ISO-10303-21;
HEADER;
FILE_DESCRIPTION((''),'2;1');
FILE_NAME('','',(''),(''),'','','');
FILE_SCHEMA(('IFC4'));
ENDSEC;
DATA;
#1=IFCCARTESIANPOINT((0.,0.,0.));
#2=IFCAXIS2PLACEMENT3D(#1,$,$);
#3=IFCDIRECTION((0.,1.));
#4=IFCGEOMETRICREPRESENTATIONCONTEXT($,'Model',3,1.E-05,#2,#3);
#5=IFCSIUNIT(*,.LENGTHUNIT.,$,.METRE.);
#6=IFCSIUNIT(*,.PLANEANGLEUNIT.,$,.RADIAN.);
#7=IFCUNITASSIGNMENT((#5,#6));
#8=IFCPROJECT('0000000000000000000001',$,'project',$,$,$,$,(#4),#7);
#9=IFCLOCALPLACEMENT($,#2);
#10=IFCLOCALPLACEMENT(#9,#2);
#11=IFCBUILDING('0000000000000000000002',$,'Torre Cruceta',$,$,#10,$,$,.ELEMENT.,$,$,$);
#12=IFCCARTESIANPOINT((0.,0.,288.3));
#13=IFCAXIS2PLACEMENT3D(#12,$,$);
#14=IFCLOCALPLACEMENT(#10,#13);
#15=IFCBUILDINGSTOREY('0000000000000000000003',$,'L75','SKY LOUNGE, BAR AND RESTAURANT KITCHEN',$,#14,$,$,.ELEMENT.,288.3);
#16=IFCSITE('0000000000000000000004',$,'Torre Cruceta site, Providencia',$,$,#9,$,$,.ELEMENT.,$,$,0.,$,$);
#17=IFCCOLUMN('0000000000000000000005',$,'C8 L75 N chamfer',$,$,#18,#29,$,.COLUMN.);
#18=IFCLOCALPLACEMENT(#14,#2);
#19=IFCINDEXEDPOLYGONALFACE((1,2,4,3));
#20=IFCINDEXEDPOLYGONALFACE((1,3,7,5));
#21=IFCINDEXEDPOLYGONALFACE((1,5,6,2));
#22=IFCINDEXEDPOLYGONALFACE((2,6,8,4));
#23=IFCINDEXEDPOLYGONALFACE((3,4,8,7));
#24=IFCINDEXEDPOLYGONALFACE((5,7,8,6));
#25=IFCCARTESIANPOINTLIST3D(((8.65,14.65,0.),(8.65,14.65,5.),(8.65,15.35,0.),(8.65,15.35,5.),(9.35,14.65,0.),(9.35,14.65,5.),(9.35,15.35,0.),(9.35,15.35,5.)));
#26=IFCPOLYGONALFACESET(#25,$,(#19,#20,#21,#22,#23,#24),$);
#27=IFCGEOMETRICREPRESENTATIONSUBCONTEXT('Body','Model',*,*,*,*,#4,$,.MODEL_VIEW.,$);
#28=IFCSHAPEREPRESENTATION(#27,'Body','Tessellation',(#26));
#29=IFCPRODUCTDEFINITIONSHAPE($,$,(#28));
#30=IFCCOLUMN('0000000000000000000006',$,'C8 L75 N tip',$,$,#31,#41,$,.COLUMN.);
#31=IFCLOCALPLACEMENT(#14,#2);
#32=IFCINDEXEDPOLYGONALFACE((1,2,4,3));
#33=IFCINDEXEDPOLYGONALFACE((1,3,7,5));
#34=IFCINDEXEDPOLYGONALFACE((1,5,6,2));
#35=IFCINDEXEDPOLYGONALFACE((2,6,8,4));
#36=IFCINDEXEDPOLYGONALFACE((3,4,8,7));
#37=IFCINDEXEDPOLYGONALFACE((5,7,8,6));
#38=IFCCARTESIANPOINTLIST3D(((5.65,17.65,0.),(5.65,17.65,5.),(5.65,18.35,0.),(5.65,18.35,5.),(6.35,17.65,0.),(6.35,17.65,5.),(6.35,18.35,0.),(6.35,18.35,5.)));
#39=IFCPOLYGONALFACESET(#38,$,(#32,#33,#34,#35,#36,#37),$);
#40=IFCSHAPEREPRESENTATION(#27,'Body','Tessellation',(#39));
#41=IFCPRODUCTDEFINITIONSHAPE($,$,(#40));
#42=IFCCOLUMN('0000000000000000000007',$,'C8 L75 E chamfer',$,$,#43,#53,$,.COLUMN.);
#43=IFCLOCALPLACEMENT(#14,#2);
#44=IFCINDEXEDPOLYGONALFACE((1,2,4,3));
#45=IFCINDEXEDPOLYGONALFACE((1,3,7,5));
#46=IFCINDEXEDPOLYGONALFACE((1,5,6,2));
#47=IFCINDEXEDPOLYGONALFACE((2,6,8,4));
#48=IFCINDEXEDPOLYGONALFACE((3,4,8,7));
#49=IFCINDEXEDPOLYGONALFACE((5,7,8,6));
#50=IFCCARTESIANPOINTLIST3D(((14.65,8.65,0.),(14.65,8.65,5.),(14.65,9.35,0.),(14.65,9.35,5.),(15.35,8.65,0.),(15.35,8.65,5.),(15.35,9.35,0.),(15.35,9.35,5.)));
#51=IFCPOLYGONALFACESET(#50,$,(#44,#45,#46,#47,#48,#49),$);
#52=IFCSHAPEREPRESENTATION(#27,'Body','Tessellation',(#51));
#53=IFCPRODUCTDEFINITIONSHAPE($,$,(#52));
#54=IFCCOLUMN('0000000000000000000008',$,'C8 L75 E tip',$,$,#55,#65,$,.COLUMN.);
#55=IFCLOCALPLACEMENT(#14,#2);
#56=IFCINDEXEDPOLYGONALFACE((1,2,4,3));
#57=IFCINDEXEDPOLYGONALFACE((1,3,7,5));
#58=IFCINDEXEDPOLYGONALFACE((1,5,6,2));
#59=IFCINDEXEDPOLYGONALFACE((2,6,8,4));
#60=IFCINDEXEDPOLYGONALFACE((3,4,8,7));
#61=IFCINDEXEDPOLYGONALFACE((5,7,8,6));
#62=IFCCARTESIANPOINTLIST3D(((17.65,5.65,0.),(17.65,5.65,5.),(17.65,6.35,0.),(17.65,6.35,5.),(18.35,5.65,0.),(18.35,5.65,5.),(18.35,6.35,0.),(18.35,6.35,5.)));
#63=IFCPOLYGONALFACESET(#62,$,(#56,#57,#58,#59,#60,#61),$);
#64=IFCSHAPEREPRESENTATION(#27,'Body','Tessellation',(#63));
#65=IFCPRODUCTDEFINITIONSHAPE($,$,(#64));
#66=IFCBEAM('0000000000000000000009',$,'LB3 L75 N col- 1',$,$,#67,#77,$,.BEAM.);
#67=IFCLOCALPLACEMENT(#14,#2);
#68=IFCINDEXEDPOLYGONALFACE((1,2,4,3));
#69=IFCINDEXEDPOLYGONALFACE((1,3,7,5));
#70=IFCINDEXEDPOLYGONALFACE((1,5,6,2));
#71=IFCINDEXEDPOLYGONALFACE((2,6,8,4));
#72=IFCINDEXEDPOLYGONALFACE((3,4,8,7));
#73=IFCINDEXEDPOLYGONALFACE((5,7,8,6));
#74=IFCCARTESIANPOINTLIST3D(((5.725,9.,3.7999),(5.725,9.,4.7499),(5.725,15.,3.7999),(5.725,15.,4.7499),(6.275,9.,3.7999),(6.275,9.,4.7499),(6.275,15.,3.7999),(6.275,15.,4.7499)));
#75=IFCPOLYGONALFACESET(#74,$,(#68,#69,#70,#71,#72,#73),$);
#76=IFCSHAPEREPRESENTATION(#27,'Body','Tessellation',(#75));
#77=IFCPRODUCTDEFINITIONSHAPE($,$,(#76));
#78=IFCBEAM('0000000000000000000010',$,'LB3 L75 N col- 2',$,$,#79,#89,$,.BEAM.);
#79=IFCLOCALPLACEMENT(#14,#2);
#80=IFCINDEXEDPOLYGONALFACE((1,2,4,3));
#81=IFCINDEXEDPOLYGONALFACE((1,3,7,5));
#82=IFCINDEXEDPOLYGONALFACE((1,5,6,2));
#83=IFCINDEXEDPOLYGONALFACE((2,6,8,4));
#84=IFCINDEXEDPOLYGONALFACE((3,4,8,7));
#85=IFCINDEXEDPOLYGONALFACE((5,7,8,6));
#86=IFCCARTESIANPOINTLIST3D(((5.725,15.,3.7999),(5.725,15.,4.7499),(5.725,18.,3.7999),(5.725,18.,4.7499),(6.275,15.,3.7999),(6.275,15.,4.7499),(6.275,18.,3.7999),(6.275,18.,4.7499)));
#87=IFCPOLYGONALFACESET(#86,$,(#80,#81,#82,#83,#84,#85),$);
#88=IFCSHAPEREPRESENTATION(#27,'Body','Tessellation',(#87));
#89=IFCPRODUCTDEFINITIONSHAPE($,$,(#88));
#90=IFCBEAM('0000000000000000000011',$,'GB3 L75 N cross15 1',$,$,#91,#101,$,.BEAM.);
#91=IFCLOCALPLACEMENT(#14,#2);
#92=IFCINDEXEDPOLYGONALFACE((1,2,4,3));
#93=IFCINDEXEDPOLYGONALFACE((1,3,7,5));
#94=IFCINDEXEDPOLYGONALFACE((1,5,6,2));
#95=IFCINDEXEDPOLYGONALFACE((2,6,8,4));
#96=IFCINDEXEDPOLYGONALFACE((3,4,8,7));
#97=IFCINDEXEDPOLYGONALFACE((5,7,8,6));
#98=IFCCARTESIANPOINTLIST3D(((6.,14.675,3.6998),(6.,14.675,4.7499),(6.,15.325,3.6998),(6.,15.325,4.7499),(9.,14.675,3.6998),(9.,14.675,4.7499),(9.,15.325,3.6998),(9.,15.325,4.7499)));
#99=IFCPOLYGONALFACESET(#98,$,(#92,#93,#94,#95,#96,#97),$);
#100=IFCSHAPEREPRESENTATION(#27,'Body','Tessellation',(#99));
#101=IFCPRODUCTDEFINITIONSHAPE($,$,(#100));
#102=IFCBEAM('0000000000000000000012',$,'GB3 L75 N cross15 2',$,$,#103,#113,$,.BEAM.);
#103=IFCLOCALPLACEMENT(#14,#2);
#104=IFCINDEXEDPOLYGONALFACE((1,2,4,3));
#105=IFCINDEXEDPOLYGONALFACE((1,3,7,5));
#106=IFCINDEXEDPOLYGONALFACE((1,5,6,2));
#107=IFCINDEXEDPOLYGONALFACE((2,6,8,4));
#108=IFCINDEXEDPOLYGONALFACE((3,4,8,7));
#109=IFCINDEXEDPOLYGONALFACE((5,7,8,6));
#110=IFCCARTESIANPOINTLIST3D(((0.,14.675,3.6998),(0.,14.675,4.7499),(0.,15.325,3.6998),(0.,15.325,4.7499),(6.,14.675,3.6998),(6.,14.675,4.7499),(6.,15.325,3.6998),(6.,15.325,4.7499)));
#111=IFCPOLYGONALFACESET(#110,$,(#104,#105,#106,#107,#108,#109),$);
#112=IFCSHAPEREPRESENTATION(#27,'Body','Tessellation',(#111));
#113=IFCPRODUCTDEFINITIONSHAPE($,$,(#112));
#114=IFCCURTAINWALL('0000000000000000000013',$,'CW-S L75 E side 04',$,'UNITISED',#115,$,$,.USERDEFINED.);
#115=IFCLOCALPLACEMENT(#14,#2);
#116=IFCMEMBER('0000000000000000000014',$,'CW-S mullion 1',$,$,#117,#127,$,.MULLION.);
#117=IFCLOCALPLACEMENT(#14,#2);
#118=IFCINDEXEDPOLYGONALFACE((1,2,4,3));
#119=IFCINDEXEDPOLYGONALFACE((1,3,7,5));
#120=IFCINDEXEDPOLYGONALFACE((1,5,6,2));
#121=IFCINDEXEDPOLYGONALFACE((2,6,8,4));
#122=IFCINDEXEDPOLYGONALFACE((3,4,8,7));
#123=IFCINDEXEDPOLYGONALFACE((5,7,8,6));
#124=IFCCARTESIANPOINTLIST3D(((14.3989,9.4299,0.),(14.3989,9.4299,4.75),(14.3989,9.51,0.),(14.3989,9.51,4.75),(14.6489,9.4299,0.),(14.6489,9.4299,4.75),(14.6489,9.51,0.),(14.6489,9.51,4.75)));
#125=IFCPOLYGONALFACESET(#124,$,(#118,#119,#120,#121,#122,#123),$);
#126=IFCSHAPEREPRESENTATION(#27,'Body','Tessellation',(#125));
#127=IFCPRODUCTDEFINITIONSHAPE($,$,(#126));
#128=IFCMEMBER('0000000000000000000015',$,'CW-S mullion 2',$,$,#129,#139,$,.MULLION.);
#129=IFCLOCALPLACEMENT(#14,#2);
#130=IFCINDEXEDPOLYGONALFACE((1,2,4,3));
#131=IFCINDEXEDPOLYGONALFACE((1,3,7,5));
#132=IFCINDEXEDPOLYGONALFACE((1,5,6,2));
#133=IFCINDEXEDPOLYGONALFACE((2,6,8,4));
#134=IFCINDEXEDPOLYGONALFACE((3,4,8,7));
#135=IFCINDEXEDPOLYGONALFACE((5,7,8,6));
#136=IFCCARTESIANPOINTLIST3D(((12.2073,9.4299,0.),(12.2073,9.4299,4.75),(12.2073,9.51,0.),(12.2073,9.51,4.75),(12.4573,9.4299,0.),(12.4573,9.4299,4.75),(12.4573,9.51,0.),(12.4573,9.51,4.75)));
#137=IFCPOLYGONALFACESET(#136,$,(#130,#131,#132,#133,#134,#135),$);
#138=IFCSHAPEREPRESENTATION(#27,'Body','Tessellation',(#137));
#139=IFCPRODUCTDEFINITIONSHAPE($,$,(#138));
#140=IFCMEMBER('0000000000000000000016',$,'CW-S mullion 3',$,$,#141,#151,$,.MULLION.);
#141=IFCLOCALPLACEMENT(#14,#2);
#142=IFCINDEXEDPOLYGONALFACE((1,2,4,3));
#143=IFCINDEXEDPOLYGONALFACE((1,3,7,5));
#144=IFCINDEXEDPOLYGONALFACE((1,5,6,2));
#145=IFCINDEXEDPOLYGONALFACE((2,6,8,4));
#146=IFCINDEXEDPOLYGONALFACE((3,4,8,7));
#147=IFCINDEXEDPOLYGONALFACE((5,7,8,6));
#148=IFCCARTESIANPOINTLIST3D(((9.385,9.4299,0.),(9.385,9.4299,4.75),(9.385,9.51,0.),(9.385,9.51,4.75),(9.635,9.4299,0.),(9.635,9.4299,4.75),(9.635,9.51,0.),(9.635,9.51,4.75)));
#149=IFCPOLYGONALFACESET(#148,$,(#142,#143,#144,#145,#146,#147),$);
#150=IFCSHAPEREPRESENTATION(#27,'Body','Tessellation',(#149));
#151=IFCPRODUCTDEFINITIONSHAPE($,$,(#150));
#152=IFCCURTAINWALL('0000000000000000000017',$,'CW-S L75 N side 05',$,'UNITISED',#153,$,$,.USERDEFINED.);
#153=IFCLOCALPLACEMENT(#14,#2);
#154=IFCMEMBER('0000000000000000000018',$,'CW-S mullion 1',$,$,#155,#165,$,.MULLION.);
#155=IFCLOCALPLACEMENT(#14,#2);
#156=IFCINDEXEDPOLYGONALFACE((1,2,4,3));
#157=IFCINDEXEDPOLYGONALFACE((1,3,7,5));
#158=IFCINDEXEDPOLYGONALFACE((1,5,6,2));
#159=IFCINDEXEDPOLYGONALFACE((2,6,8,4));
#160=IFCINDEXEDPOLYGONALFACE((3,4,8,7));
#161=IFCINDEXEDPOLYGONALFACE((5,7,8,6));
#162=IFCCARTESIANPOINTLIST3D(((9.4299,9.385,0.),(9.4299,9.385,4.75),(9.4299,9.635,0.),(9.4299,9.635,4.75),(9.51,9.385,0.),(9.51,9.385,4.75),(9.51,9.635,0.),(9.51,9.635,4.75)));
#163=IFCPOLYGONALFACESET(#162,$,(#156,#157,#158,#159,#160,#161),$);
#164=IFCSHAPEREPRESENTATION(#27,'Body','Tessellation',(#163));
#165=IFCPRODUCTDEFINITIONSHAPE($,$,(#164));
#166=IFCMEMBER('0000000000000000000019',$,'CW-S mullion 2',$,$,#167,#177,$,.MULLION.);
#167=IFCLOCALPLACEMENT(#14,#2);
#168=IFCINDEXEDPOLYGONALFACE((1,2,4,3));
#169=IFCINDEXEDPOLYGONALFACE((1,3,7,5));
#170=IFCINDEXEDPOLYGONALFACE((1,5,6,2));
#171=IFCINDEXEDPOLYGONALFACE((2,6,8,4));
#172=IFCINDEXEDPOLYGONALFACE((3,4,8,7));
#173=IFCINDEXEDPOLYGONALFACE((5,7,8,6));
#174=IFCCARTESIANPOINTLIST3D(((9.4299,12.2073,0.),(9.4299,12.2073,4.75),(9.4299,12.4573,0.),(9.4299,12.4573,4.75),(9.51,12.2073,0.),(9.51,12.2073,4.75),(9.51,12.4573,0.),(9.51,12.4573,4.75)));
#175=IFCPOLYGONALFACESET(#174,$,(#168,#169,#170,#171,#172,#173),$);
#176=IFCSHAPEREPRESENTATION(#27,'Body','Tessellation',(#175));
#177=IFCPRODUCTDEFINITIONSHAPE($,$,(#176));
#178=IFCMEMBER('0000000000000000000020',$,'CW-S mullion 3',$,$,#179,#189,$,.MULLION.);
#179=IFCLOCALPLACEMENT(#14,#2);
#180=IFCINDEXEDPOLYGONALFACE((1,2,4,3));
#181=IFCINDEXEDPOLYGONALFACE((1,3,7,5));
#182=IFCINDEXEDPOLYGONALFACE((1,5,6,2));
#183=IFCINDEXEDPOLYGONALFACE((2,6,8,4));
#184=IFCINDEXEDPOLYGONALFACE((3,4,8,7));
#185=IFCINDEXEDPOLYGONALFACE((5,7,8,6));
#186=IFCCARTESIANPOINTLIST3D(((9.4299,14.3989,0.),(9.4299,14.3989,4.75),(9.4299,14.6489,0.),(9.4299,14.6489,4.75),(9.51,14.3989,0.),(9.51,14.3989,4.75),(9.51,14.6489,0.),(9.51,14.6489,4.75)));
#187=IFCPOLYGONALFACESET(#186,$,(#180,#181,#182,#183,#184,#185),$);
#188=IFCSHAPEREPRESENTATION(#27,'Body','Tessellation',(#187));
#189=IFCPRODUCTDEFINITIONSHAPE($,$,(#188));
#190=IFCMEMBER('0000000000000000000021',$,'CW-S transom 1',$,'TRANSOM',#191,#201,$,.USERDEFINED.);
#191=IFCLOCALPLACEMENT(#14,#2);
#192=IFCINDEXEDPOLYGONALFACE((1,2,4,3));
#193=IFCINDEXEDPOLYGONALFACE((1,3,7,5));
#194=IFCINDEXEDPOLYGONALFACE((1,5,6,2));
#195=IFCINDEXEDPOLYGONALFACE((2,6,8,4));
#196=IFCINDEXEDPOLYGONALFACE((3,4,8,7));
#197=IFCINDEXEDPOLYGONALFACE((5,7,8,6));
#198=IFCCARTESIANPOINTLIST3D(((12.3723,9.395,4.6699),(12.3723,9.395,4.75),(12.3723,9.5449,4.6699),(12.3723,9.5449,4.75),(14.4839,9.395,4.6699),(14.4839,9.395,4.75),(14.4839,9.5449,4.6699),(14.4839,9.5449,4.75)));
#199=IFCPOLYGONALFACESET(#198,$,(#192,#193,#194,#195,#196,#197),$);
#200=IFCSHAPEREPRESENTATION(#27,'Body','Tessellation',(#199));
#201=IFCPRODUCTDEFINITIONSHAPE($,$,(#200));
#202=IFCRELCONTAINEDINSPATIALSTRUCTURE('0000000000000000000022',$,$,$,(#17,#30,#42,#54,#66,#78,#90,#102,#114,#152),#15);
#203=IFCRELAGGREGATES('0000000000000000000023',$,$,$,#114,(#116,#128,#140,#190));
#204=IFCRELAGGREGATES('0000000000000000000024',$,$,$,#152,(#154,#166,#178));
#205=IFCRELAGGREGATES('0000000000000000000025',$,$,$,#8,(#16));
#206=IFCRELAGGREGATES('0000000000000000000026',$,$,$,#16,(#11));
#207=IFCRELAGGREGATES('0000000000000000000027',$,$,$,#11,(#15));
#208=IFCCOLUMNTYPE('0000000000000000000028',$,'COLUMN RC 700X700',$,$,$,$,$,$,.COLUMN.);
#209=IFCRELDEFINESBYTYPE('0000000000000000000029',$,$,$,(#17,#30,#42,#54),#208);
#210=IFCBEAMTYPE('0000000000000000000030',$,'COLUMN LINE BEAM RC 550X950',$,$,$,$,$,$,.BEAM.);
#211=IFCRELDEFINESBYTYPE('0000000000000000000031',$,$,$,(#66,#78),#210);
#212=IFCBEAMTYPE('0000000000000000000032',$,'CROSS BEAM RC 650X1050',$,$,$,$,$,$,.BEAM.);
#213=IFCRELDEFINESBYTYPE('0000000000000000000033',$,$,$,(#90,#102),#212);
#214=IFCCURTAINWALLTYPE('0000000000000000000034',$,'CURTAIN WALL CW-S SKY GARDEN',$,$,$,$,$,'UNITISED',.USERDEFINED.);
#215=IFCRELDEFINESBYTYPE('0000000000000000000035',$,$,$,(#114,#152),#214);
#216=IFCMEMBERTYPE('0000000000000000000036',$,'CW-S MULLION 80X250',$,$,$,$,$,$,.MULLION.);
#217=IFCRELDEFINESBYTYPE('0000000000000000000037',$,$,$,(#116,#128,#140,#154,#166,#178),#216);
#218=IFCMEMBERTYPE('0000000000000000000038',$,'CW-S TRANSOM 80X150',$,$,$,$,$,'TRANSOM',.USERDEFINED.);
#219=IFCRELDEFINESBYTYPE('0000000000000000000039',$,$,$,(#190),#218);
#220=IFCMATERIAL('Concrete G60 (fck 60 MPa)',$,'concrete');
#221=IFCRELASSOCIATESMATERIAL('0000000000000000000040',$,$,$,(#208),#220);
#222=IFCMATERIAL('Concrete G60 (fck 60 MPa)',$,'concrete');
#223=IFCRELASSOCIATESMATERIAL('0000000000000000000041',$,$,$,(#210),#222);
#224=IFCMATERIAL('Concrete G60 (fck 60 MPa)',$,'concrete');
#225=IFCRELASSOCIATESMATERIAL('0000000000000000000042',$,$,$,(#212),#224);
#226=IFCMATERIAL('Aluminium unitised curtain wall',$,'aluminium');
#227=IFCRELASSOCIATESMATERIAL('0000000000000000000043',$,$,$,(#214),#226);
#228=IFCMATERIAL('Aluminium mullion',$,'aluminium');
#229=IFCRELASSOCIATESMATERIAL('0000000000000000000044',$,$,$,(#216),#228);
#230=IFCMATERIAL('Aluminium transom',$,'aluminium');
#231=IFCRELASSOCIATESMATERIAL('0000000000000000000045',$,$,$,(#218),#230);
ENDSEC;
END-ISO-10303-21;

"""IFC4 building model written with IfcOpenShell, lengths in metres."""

from ifc_helpers import new_model, si_unit, direction, frame, origin, origin_2d, place, context, subcontext, project, spatial, rectangle, extrude, material, material_profile, profile_set, type_object, element, aggregate, save


model = new_model("IFC4")

# Units and contexts
model_context = context("Model", 3, precision=1e-05, world=origin(), true_north=direction((0.0, 1.0)))
body_context = subcontext(model_context, "Body", "Model", "MODEL_VIEW")
ifc_project = project(units=[si_unit("LENGTHUNIT", "METRE"), si_unit("PLANEANGLEUNIT", "RADIAN")], contexts=[model_context])

# Site, building, storey
site_placement = place(None, origin())
site = spatial("IfcSite", under=ifc_project, at=site_placement, Name="Torre Cruceta site, Providencia", CompositionType="ELEMENT", RefElevation=0.0)
building_placement = place(site_placement, origin())
building = spatial("IfcBuilding", under=site, at=building_placement, Name="Torre Cruceta", CompositionType="ELEMENT")
storey_placement = place(building_placement, frame((0.0, 0.0, 288.3)))
storey = spatial("IfcBuildingStorey", under=building, at=storey_placement, Name="L75", Description="SKY LOUNGE, BAR AND RESTAURANT KITCHEN", CompositionType="ELEMENT", Elevation=288.3)

# Columns
ifc_material_1 = material(Name="Concrete G60 (fck 60 MPa)", Category="concrete")
ifc_material_profile_1 = material_profile(ifc_material_1, rectangle(XDim=0.7, YDim=0.7, at=origin_2d()), Name="RC 700X700")
ifc_profile_set_1 = profile_set([ifc_material_profile_1], Name="Concrete G60 (fck 60 MPa)")
column_type = type_object("IfcColumnType", Name="COLUMN RC 700X700", PredefinedType="COLUMN", material=ifc_profile_set_1)
for number, where, z_axis, x_axis, name in (
    (1, (9.0, 15.0, 0.0), (0.0, 0.0, 1.0), (1.0, 0.0, 0.0), "C8 L75 N chamfer"),
    (2, (6.0, 18.0, 0.0), (0.0, 0.0, 1.0), (1.0, 0.0, 0.0), "C8 L75 N tip"),
    (3, (15.0, 9.0, 0.0), (0.0, 0.0, 1.0), (1.0, 0.0, 0.0), "C8 L75 E chamfer"),
    (4, (18.0, 6.0, 0.0), (0.0, 0.0, 1.0), (1.0, 0.0, 0.0), "C8 L75 E tip"),
):
    element("IfcColumn", number, at=place(storey_placement, frame(where, z_axis=z_axis, x_axis=x_axis)), inside=storey, type_object=column_type, Name=name, PredefinedType="COLUMN", context=body_context, shape_type="SweptSolid", body=[
        extrude(rectangle(XDim=0.7, YDim=0.7, at=origin_2d()), origin(), (0.0, 0.0, 1.0), 5.0),
    ])

# Beams
ifc_material_2 = material(Name="Concrete G60 (fck 60 MPa)", Category="concrete")
ifc_material_profile_2 = material_profile(ifc_material_2, rectangle(XDim=0.55, YDim=0.95, at=origin_2d()), Name="RC 550X950")
ifc_profile_set_2 = profile_set([ifc_material_profile_2], Name="Concrete G60 (fck 60 MPa)")
beam_type_1 = type_object("IfcBeamType", Name="COLUMN LINE BEAM RC 550X950", PredefinedType="BEAM", material=ifc_profile_set_2)
beam_1_placement = place(storey_placement, frame((6.0, 9.0, 4.2749), z_axis=(0.0, 1.0, 0.0), x_axis=(-1.0, 0.0, 0.0)))
element("IfcBeam", 5, at=beam_1_placement, inside=storey, type_object=beam_type_1, Name="LB3 L75 N col- 1", PredefinedType="BEAM", context=body_context, shape_type="SweptSolid", body=[
    extrude(rectangle(XDim=0.55, YDim=0.95, at=origin_2d()), origin(), (0.0, 0.0, 1.0), 6.0),
])
beam_2_placement = place(storey_placement, frame((6.0, 15.0, 4.2749), z_axis=(0.0, 1.0, 0.0), x_axis=(-1.0, 0.0, 0.0)))
element("IfcBeam", 6, at=beam_2_placement, inside=storey, type_object=beam_type_1, Name="LB3 L75 N col- 2", PredefinedType="BEAM", context=body_context, shape_type="SweptSolid", body=[
    extrude(rectangle(XDim=0.55, YDim=0.95, at=origin_2d()), origin(), (0.0, 0.0, 1.0), 3.0),
])
ifc_material_3 = material(Name="Concrete G60 (fck 60 MPa)", Category="concrete")
ifc_material_profile_3 = material_profile(ifc_material_3, rectangle(XDim=0.6499, YDim=1.05, at=origin_2d()), Name="RC 650X1050")
ifc_profile_set_3 = profile_set([ifc_material_profile_3], Name="Concrete G60 (fck 60 MPa)")
beam_type_2 = type_object("IfcBeamType", Name="CROSS BEAM RC 650X1050", PredefinedType="BEAM", material=ifc_profile_set_3)
beam_3_placement = place(storey_placement, frame((9.0, 15.0, 4.2249), z_axis=(-1.0, 0.0, 0.0), x_axis=(0.0, -1.0, 0.0)))
element("IfcBeam", 7, at=beam_3_placement, inside=storey, type_object=beam_type_2, Name="GB3 L75 N cross15 1", PredefinedType="BEAM", context=body_context, shape_type="SweptSolid", body=[
    extrude(rectangle(XDim=0.6499, YDim=1.05, at=origin_2d()), origin(), (0.0, 0.0, 1.0), 3.0),
])
beam_4_placement = place(storey_placement, frame((6.0, 15.0, 4.2249), z_axis=(-1.0, 0.0, 0.0), x_axis=(0.0, -1.0, 0.0)))
element("IfcBeam", 8, at=beam_4_placement, inside=storey, type_object=beam_type_2, Name="GB3 L75 N cross15 2", PredefinedType="BEAM", context=body_context, shape_type="SweptSolid", body=[
    extrude(rectangle(XDim=0.6499, YDim=1.05, at=origin_2d()), origin(), (0.0, 0.0, 1.0), 6.0),
])

# Curtain walls, members
ifc_material_4 = material(Name="Aluminium unitised curtain wall", Category="aluminium")
curtain_wall_type = type_object("IfcCurtainWallType", Name="CURTAIN WALL CW-S SKY GARDEN", ElementType="UNITISED", PredefinedType="USERDEFINED", material=ifc_material_4)
curtain_wall_1_placement = place(storey_placement, origin())
curtain_wall_1 = element("IfcCurtainWall", 9, at=curtain_wall_1_placement, inside=storey, type_object=curtain_wall_type, Name="CW-S L75 E side 04", ObjectType="UNITISED", PredefinedType="USERDEFINED")
ifc_material_5 = material(Name="Aluminium mullion", Category="aluminium")
ifc_material_profile_4 = material_profile(ifc_material_5, rectangle(XDim=0.0801, YDim=0.25, at=origin_2d()), Name="AL 80X250")
ifc_profile_set_4 = profile_set([ifc_material_profile_4], Name="Aluminium mullion")
member_type_1 = type_object("IfcMemberType", Name="CW-S MULLION 80X250", PredefinedType="MULLION", material=ifc_profile_set_4)
member_1_placement = place(storey_placement, frame((14.5239, 9.47, 0.0), z_axis=(0.0, 0.0, 1.0), x_axis=(0.0, -1.0, 0.0)))
member_1 = element("IfcMember", 10, at=member_1_placement, type_object=member_type_1, Name="CW-S mullion 1", PredefinedType="MULLION", context=body_context, shape_type="SweptSolid", body=[
    extrude(rectangle(XDim=0.0801, YDim=0.25, at=origin_2d()), origin(), (0.0, 0.0, 1.0), 4.75),
])
member_2_placement = place(storey_placement, frame((12.3323, 9.47, 0.0), z_axis=(0.0, 0.0, 1.0), x_axis=(0.0, -1.0, 0.0)))
member_2 = element("IfcMember", 11, at=member_2_placement, type_object=member_type_1, Name="CW-S mullion 2", PredefinedType="MULLION", context=body_context, shape_type="SweptSolid", body=[
    extrude(rectangle(XDim=0.0801, YDim=0.25, at=origin_2d()), origin(), (0.0, 0.0, 1.0), 4.75),
])
member_3_placement = place(storey_placement, frame((9.51, 9.47, 0.0), z_axis=(0.0, 0.0, 1.0), x_axis=(0.0, -1.0, 0.0)))
member_3 = element("IfcMember", 12, at=member_3_placement, type_object=member_type_1, Name="CW-S mullion 3", PredefinedType="MULLION", context=body_context, shape_type="SweptSolid", body=[
    extrude(rectangle(XDim=0.0801, YDim=0.25, at=origin_2d()), origin(), (0.0, 0.0, 1.0), 4.75),
])
curtain_wall_2_placement = place(storey_placement, origin())
curtain_wall_2 = element("IfcCurtainWall", 13, at=curtain_wall_2_placement, inside=storey, type_object=curtain_wall_type, Name="CW-S L75 N side 05", ObjectType="UNITISED", PredefinedType="USERDEFINED")
member_4_placement = place(storey_placement, frame((9.47, 9.51, 0.0), z_axis=(0.0, 0.0, 1.0), x_axis=(-1.0, 0.0, 0.0)))
member_4 = element("IfcMember", 14, at=member_4_placement, type_object=member_type_1, Name="CW-S mullion 1", PredefinedType="MULLION", context=body_context, shape_type="SweptSolid", body=[
    extrude(rectangle(XDim=0.0801, YDim=0.25, at=origin_2d()), origin(), (0.0, 0.0, 1.0), 4.75),
])
member_5_placement = place(storey_placement, frame((9.47, 12.3323, 0.0), z_axis=(0.0, 0.0, 1.0), x_axis=(-1.0, 0.0, 0.0)))
member_5 = element("IfcMember", 15, at=member_5_placement, type_object=member_type_1, Name="CW-S mullion 2", PredefinedType="MULLION", context=body_context, shape_type="SweptSolid", body=[
    extrude(rectangle(XDim=0.0801, YDim=0.25, at=origin_2d()), origin(), (0.0, 0.0, 1.0), 4.75),
])
member_6_placement = place(storey_placement, frame((9.47, 14.5239, 0.0), z_axis=(0.0, 0.0, 1.0), x_axis=(-1.0, 0.0, 0.0)))
member_6 = element("IfcMember", 16, at=member_6_placement, type_object=member_type_1, Name="CW-S mullion 3", PredefinedType="MULLION", context=body_context, shape_type="SweptSolid", body=[
    extrude(rectangle(XDim=0.0801, YDim=0.25, at=origin_2d()), origin(), (0.0, 0.0, 1.0), 4.75),
])

# Member
ifc_material_6 = material(Name="Aluminium transom", Category="aluminium")
ifc_material_profile_5 = material_profile(ifc_material_6, rectangle(XDim=0.1499, YDim=0.0801, at=origin_2d()), Name="AL 150X80")
ifc_profile_set_5 = profile_set([ifc_material_profile_5], Name="Aluminium transom")
member_type_2 = type_object("IfcMemberType", Name="CW-S TRANSOM 80X150", ElementType="TRANSOM", PredefinedType="USERDEFINED", material=ifc_profile_set_5)
member_7_placement = place(storey_placement, frame((14.4839, 9.47, 4.71), z_axis=(-1.0, 0.0, 0.0), x_axis=(0.0, -1.0, 0.0)))
member_7 = element("IfcMember", 17, at=member_7_placement, type_object=member_type_2, Name="CW-S transom 1", ObjectType="TRANSOM", PredefinedType="USERDEFINED", context=body_context, shape_type="SweptSolid", body=[
    extrude(rectangle(XDim=0.1499, YDim=0.0801, at=origin_2d()), origin(), (0.0, 0.0, 1.0), 2.1116),
])

aggregate(curtain_wall_1, [member_1, member_2, member_3, member_7])
aggregate(curtain_wall_2, [member_4, member_5, member_6])

save(model, "model.ifc")
